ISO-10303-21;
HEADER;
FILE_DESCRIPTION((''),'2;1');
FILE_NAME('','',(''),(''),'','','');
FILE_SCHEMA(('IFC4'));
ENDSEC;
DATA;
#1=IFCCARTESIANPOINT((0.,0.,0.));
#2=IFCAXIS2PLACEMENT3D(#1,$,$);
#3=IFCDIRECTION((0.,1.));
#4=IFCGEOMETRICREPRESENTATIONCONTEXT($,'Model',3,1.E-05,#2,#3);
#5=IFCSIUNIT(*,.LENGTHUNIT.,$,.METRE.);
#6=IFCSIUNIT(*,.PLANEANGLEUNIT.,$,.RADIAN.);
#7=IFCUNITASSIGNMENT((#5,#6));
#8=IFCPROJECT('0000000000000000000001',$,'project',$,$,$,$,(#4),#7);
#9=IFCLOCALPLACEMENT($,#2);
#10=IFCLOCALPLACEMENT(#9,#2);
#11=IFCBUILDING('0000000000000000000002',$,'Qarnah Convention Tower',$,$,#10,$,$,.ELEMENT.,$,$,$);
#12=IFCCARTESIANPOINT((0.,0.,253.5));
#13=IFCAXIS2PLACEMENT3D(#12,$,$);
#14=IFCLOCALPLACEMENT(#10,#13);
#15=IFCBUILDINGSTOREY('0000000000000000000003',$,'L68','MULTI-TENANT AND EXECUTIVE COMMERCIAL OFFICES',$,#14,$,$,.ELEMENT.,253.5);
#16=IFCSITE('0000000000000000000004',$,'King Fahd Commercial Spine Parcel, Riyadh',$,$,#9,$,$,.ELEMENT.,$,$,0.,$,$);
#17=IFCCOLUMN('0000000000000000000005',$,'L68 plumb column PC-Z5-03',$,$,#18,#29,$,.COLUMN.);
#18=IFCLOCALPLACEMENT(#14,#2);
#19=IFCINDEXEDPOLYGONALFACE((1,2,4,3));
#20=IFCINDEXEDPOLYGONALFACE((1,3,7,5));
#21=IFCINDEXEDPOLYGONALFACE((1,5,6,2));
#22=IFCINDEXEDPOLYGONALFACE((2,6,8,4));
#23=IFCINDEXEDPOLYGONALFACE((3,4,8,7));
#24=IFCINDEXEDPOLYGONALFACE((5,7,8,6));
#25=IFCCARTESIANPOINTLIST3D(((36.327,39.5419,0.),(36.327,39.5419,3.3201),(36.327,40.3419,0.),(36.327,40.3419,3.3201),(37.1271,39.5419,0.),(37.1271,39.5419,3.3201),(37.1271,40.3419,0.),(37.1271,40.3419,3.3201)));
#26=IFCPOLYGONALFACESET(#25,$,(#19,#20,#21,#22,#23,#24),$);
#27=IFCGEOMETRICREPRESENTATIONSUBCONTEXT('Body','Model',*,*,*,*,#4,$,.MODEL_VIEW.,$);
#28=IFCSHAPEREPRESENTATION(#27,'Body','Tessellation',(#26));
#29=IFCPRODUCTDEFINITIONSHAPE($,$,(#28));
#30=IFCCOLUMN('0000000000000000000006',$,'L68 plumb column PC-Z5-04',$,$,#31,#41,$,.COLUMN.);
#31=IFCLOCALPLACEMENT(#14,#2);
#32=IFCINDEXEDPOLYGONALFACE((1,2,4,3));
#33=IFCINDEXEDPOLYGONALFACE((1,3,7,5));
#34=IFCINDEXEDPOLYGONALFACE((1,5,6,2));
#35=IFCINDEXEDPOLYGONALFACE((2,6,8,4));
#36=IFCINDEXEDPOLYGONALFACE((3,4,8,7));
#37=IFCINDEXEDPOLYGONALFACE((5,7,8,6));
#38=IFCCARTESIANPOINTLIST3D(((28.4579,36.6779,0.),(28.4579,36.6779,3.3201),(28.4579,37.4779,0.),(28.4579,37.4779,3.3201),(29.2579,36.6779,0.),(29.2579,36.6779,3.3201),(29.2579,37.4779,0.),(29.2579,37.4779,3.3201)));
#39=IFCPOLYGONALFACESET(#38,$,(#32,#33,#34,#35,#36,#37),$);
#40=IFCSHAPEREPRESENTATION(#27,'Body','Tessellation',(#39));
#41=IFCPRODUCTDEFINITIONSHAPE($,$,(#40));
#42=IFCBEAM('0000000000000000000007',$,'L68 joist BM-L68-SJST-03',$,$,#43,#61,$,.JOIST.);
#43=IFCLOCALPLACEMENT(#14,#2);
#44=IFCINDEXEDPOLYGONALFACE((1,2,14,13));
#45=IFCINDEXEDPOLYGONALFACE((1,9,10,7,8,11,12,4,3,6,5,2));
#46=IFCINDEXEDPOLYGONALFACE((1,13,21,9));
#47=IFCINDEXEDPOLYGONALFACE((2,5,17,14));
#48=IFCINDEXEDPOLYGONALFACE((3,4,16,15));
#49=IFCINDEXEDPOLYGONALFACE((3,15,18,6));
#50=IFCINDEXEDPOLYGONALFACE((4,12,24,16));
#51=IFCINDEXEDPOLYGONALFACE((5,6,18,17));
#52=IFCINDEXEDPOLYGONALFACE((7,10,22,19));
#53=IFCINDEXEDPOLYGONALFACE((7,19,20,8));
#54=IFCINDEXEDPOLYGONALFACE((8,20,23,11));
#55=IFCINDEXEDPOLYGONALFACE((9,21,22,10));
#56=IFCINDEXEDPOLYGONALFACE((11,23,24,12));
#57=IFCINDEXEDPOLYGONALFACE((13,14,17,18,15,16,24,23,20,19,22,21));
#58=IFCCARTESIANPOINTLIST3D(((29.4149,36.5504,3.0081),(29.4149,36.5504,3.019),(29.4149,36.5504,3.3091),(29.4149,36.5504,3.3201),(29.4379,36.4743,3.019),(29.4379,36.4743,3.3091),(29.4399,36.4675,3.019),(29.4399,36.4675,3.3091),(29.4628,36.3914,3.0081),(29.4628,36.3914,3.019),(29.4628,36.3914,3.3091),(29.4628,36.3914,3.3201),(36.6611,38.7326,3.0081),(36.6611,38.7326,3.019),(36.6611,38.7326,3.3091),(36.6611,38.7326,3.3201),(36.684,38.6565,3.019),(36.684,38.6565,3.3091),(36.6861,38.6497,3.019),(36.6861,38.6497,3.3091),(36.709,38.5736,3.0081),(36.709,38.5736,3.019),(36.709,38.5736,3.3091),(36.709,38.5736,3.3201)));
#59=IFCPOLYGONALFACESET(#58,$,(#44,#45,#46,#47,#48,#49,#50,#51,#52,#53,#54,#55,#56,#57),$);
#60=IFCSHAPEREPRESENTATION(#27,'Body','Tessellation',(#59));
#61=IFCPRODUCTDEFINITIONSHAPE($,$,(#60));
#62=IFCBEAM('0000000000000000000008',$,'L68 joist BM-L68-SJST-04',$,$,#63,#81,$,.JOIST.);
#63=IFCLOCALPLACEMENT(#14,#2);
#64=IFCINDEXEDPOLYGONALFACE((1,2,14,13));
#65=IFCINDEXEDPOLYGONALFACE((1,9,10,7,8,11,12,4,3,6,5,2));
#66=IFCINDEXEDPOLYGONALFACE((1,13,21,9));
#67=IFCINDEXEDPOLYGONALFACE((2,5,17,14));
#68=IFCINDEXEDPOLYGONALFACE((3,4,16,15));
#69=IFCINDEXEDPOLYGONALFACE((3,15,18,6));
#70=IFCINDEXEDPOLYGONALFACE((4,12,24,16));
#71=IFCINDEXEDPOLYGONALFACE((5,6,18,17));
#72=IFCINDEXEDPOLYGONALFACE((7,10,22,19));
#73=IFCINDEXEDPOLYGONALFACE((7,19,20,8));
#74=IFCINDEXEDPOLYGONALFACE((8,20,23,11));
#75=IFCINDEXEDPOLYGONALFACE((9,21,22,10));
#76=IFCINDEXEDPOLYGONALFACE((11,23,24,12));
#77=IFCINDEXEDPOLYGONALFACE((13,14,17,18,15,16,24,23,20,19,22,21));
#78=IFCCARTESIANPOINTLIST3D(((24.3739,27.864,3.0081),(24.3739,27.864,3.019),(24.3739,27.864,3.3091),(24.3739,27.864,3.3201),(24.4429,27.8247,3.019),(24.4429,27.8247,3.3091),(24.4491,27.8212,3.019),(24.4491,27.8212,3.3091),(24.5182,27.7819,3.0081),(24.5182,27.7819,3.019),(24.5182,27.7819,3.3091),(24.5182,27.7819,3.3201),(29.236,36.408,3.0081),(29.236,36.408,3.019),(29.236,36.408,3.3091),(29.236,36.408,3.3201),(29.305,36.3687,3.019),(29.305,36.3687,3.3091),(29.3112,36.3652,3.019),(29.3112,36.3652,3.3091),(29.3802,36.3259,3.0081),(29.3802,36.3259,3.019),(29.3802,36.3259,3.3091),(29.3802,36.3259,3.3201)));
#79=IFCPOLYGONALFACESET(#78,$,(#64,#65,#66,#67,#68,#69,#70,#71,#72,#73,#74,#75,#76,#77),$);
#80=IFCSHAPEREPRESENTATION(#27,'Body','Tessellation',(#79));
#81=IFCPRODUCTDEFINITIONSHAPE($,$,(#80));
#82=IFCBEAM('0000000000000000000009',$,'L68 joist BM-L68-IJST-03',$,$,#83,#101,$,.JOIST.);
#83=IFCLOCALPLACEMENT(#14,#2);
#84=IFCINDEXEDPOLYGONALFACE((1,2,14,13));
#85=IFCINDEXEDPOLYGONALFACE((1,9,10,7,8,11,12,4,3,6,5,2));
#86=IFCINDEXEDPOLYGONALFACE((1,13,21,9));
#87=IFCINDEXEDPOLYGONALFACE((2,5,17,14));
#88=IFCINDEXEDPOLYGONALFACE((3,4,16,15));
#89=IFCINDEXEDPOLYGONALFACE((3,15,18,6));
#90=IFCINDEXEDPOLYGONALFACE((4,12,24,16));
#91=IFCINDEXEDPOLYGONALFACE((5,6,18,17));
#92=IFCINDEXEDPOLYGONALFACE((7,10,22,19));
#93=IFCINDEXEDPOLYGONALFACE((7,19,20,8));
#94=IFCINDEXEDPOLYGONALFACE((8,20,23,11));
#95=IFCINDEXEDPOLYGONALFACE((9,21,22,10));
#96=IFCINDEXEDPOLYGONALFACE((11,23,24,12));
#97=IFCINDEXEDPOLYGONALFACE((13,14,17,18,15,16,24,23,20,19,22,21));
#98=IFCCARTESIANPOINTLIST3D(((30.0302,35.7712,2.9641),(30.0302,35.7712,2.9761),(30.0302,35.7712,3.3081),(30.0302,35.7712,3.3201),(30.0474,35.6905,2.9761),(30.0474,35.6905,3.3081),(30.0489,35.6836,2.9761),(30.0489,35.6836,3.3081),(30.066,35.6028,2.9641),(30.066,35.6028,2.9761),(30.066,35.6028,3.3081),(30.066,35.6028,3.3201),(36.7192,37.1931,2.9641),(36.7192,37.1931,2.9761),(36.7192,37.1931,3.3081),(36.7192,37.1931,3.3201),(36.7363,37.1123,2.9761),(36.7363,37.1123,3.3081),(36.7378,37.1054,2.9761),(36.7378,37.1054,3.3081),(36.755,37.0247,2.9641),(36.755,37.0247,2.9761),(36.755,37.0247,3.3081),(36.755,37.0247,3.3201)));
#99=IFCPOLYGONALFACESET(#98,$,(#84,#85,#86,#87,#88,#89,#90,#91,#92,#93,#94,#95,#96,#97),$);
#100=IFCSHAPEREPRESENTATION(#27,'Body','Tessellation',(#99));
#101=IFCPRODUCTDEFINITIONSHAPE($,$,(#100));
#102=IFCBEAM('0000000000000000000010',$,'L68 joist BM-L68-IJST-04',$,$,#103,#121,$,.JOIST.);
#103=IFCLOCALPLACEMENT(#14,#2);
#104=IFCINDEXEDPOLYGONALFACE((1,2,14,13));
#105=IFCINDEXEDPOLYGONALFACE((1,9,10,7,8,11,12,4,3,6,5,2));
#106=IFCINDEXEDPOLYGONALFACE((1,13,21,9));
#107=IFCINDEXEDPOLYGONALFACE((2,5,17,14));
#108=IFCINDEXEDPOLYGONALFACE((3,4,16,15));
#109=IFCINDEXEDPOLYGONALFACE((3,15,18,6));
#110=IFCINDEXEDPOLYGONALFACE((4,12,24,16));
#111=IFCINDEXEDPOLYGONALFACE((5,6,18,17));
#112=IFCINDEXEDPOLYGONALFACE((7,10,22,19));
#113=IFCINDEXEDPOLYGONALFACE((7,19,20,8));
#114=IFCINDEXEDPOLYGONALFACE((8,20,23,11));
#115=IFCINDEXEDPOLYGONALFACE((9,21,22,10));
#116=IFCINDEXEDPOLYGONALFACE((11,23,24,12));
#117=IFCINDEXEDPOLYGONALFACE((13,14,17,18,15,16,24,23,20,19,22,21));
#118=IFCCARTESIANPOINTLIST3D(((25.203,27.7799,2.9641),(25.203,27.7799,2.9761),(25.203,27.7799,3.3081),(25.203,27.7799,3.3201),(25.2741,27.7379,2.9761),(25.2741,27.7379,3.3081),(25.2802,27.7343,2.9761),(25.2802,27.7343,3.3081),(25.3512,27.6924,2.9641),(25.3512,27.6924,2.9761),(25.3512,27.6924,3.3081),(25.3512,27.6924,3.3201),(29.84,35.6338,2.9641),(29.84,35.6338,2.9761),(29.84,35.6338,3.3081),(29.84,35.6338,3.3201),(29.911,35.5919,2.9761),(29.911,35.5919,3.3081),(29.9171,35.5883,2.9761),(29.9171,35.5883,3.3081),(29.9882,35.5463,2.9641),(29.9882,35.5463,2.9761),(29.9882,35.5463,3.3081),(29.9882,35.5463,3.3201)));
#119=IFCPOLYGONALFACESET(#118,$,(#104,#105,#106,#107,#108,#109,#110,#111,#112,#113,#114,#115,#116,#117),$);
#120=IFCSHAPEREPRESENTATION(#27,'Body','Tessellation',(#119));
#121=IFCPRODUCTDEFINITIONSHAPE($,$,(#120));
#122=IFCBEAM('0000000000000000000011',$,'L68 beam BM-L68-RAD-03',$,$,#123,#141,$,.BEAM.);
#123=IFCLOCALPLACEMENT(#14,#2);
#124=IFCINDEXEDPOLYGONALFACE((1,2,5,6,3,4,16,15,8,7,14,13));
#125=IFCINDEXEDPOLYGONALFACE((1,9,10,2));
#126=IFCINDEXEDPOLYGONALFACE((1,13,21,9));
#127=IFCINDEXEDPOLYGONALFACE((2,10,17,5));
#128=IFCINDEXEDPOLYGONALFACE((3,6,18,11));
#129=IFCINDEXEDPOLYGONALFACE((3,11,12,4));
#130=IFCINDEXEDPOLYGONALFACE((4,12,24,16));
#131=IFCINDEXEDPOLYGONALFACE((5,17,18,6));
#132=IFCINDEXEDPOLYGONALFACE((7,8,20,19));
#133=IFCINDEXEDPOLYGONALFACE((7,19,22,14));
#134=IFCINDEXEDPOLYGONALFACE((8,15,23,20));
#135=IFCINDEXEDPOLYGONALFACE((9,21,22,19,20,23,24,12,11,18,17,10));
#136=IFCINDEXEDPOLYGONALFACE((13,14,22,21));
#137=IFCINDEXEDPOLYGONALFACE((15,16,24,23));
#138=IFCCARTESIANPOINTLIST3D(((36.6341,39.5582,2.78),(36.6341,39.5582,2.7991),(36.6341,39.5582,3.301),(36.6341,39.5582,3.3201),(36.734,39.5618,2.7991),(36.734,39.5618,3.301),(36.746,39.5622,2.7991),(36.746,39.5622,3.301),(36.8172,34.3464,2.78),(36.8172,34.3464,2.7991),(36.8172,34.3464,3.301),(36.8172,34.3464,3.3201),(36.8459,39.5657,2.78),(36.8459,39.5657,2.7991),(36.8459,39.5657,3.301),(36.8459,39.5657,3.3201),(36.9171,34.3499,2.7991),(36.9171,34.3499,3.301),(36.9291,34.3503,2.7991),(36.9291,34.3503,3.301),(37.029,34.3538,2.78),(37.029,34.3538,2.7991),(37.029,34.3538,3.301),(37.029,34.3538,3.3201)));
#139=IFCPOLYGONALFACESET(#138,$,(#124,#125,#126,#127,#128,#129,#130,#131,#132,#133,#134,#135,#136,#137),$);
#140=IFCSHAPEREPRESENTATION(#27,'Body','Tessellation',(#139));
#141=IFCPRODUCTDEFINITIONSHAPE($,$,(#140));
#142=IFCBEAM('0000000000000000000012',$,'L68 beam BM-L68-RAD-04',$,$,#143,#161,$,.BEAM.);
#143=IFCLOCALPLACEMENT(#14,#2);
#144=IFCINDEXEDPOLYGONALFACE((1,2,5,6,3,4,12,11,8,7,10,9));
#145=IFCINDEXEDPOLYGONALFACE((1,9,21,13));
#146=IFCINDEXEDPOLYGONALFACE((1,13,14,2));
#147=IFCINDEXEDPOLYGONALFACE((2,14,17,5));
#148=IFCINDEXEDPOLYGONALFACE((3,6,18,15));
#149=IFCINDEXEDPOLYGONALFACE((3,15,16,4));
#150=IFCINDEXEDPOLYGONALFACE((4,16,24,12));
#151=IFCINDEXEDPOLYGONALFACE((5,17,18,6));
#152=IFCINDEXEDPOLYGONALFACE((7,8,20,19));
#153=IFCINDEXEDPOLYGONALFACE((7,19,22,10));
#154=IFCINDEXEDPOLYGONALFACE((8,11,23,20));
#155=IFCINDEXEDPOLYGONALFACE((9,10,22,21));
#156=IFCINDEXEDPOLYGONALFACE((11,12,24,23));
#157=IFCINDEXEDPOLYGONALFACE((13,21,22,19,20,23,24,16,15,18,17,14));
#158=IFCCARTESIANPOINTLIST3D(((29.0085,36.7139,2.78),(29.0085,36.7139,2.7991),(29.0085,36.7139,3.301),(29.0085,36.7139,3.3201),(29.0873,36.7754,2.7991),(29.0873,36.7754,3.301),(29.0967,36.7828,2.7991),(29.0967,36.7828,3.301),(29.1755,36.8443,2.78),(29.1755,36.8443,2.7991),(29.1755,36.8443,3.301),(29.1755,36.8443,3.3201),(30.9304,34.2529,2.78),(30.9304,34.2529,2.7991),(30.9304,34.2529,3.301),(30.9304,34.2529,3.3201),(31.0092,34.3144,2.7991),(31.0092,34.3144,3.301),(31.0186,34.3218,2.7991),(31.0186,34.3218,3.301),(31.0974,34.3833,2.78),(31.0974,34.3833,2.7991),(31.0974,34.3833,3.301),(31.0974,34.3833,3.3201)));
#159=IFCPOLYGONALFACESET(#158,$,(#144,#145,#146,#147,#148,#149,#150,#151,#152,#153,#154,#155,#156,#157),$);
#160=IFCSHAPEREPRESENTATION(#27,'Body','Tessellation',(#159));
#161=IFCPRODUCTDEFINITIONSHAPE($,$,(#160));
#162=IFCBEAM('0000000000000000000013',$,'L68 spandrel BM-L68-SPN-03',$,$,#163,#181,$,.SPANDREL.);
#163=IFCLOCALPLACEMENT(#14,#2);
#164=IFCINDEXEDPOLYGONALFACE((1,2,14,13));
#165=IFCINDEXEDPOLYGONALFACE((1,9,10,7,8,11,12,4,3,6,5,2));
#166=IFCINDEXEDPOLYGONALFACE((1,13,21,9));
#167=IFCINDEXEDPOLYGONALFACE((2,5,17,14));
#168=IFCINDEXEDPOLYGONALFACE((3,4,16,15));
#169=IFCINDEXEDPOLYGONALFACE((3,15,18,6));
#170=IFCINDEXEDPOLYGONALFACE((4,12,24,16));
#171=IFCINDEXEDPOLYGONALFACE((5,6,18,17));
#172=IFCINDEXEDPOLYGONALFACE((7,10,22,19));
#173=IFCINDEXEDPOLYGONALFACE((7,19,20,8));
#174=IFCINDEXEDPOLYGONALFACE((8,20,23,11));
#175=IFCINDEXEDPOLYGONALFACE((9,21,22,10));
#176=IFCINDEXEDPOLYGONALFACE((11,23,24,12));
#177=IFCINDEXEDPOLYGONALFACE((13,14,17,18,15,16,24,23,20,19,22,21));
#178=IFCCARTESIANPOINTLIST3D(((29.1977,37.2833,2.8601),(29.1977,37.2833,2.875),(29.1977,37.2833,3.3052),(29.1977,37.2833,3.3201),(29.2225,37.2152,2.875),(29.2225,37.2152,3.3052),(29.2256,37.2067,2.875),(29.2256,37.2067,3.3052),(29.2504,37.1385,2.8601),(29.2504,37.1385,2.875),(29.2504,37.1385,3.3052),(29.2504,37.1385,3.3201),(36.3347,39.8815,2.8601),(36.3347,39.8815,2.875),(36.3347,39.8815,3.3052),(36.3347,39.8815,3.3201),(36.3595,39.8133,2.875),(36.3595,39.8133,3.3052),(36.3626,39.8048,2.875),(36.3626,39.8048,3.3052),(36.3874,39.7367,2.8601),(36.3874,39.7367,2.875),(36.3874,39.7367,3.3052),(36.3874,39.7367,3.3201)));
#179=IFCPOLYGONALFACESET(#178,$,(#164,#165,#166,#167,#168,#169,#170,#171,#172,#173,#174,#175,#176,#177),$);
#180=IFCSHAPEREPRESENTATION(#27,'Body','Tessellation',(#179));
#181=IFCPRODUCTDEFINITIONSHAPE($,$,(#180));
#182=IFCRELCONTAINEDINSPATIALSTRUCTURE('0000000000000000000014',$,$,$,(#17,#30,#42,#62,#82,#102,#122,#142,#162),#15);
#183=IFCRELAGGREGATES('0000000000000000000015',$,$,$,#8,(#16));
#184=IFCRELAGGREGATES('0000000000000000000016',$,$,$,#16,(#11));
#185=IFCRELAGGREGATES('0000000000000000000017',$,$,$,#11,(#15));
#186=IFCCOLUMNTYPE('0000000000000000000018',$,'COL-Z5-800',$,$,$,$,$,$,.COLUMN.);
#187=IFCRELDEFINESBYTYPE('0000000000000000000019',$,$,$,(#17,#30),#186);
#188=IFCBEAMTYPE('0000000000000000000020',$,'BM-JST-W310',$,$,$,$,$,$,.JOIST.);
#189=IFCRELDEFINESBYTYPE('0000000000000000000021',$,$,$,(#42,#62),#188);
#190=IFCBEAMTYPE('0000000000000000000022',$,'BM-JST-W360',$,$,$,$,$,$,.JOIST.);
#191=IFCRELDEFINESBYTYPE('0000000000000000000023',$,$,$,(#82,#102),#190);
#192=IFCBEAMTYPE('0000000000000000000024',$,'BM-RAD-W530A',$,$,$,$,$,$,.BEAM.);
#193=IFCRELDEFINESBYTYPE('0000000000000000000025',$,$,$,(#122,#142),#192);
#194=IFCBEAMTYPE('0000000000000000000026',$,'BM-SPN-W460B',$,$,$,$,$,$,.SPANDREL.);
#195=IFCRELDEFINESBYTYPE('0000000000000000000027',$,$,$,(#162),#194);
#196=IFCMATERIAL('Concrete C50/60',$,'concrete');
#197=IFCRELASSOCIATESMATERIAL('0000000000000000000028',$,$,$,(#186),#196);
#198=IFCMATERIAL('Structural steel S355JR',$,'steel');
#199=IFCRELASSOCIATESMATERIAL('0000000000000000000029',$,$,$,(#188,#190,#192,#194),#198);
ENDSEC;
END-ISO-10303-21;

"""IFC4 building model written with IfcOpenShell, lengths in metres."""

from ifc_helpers import new_model, si_unit, direction, frame, origin, origin_2d, place, context, subcontext, project, spatial, rectangle, i_section, extrude, material, material_profile, profile_set, type_object, element, save


model = new_model("IFC4")

# Units and contexts
model_context = context("Model", 3, precision=1e-05, world=origin(), true_north=direction((0.0, 1.0)))
body_context = subcontext(model_context, "Body", "Model", "MODEL_VIEW")
ifc_project = project(units=[si_unit("LENGTHUNIT", "METRE"), si_unit("PLANEANGLEUNIT", "RADIAN")], contexts=[model_context])

# Site, building, storey
site_placement = place(None, origin())
site = spatial("IfcSite", under=ifc_project, at=site_placement, Name="King Fahd Commercial Spine Parcel, Riyadh", CompositionType="ELEMENT", RefElevation=0.0)
building_placement = place(site_placement, origin())
building = spatial("IfcBuilding", under=site, at=building_placement, Name="Qarnah Convention Tower", CompositionType="ELEMENT")
storey_placement = place(building_placement, frame((0.0, 0.0, 253.5)))
storey = spatial("IfcBuildingStorey", under=building, at=storey_placement, Name="L68", Description="MULTI-TENANT AND EXECUTIVE COMMERCIAL OFFICES", CompositionType="ELEMENT", Elevation=253.5)

# Columns
ifc_material_1 = material(Name="Concrete C50/60", Category="concrete")
ifc_material_profile_1 = material_profile(ifc_material_1, rectangle(XDim=0.8, YDim=0.8, at=origin_2d()), Name="RC-COL-800X800")
ifc_profile_set_1 = profile_set([ifc_material_profile_1], Name="Concrete C50/60")
column_type = type_object("IfcColumnType", Name="COL-Z5-800", PredefinedType="COLUMN", material=ifc_profile_set_1)
for number, where, z_axis, x_axis, name in (
    (1, (36.7271, 39.9419, 0.0), (0.0, 0.0, 1.0), (1.0, 0.0, 0.0), "L68 plumb column PC-Z5-03"),
    (2, (28.8579, 37.0779, 0.0), (0.0, 0.0, 1.0), (1.0, 0.0, 0.0), "L68 plumb column PC-Z5-04"),
):
    element("IfcColumn", number, at=place(storey_placement, frame(where, z_axis=z_axis, x_axis=x_axis)), inside=storey, type_object=column_type, Name=name, PredefinedType="COLUMN", context=body_context, shape_type="SweptSolid", body=[
        extrude(rectangle(XDim=0.8, YDim=0.8, at=origin_2d()), origin(), (0.0, 0.0, 1.0), 3.3201),
    ])

# Beams
ifc_material_2 = material(Name="Structural steel S355JR", Category="steel")
ifc_material_profile_2 = material_profile(ifc_material_2, i_section(OverallWidth=0.166, OverallDepth=0.312, WebThickness=0.0071, FlangeThickness=0.011, at=origin_2d()), Name="W310X45")
ifc_profile_set_2 = profile_set([ifc_material_profile_2], Name="Structural steel S355JR")
beam_type_1 = type_object("IfcBeamType", Name="BM-JST-W310", PredefinedType="JOIST", material=ifc_profile_set_2)
beam_1_placement = place(storey_placement, frame((36.6851, 38.6531, 3.1641), z_axis=(-0.957524, -0.288354, 0.0), x_axis=(0.288354, -0.957524, 0.0)))
element("IfcBeam", 3, at=beam_1_placement, inside=storey, type_object=beam_type_1, Name="L68 joist BM-L68-SJST-03", PredefinedType="JOIST", context=body_context, shape_type="SweptSolid", body=[
    extrude(i_section(OverallWidth=0.166, OverallDepth=0.312, WebThickness=0.0071, FlangeThickness=0.011, at=origin_2d()), origin(), (0.0, 0.0, 1.0), 7.5676),
])
beam_2_placement = place(storey_placement, frame((29.3081, 36.3669, 3.1641), z_axis=(-0.49459, -0.869127, 0.0), x_axis=(0.869127, -0.49459, 0.0)))
element("IfcBeam", 4, at=beam_2_placement, inside=storey, type_object=beam_type_1, Name="L68 joist BM-L68-SJST-04", PredefinedType="JOIST", context=body_context, shape_type="SweptSolid", body=[
    extrude(i_section(OverallWidth=0.166, OverallDepth=0.312, WebThickness=0.0071, FlangeThickness=0.011, at=origin_2d()), origin(), (0.0, 0.0, 1.0), 9.8306),
])
ifc_material_profile_3 = material_profile(ifc_material_2, i_section(OverallWidth=0.1721, OverallDepth=0.356, WebThickness=0.0071, FlangeThickness=0.012, at=origin_2d()), Name="W360X51")
ifc_profile_set_3 = profile_set([ifc_material_profile_3], Name="Structural steel S355JR")
beam_type_2 = type_object("IfcBeamType", Name="BM-JST-W360", PredefinedType="JOIST", material=ifc_profile_set_3)
beam_3_placement = place(storey_placement, frame((36.7371, 37.1089, 3.1421), z_axis=(-0.978145, -0.207925, 0.0), x_axis=(0.207925, -0.978145, 0.0)))
element("IfcBeam", 5, at=beam_3_placement, inside=storey, type_object=beam_type_2, Name="L68 joist BM-L68-IJST-03", PredefinedType="JOIST", context=body_context, shape_type="SweptSolid", body=[
    extrude(i_section(OverallWidth=0.1721, OverallDepth=0.356, WebThickness=0.0071, FlangeThickness=0.012, at=origin_2d()), origin(), (0.0, 0.0, 1.0), 6.8384),
])
beam_4_placement = place(storey_placement, frame((29.9141, 35.5901, 3.1421), z_axis=(-0.508401, -0.86112, 0.0), x_axis=(0.86112, -0.508401, 0.0)))
element("IfcBeam", 6, at=beam_4_placement, inside=storey, type_object=beam_type_2, Name="L68 joist BM-L68-IJST-04", PredefinedType="JOIST", context=body_context, shape_type="SweptSolid", body=[
    extrude(i_section(OverallWidth=0.1721, OverallDepth=0.356, WebThickness=0.0071, FlangeThickness=0.012, at=origin_2d()), origin(), (0.0, 0.0, 1.0), 9.1206),
])
ifc_material_profile_4 = material_profile(ifc_material_2, i_section(OverallWidth=0.2119, OverallDepth=0.54, WebThickness=0.012, FlangeThickness=0.019, at=origin_2d()), Name="W530X109")
ifc_profile_set_4 = profile_set([ifc_material_profile_4], Name="Structural steel S355JR")
beam_type_3 = type_object("IfcBeamType", Name="BM-RAD-W530A", PredefinedType="BEAM", material=ifc_profile_set_4)
beam_5_placement = place(storey_placement, frame((36.9231, 34.3501, 3.05), z_axis=(-0.03511, 0.999383, 0.0), x_axis=(-0.999383, -0.03511, 0.0)))
element("IfcBeam", 7, at=beam_5_placement, inside=storey, type_object=beam_type_3, Name="L68 beam BM-L68-RAD-03", PredefinedType="BEAM", context=body_context, shape_type="SweptSolid", body=[
    extrude(i_section(OverallWidth=0.2119, OverallDepth=0.54, WebThickness=0.012, FlangeThickness=0.019, at=origin_2d()), origin(), (0.0, 0.0, 1.0), 5.2151),
])
beam_6_placement = place(storey_placement, frame((31.0139, 34.3181, 3.05), z_axis=(-0.615498, 0.788138, 0.0), x_axis=(-0.788138, -0.615498, 0.0)))
element("IfcBeam", 8, at=beam_6_placement, inside=storey, type_object=beam_type_3, Name="L68 beam BM-L68-RAD-04", PredefinedType="BEAM", context=body_context, shape_type="SweptSolid", body=[
    extrude(i_section(OverallWidth=0.2119, OverallDepth=0.54, WebThickness=0.012, FlangeThickness=0.019, at=origin_2d()), origin(), (0.0, 0.0, 1.0), 3.1226),
])
ifc_material_profile_5 = material_profile(ifc_material_2, i_section(OverallWidth=0.1541, OverallDepth=0.46, WebThickness=0.009, FlangeThickness=0.0149, at=origin_2d()), Name="W460X68")
ifc_profile_set_5 = profile_set([ifc_material_profile_5], Name="Structural steel S355JR")
beam_type_4 = type_object("IfcBeamType", Name="BM-SPN-W460B", PredefinedType="SPANDREL", material=ifc_profile_set_5)
beam_7_placement = place(storey_placement, frame((36.3611, 39.8091, 3.0901), z_axis=(-0.939671, -0.342079, 0.0), x_axis=(0.342079, -0.939671, 0.0)))
element("IfcBeam", 9, at=beam_7_placement, inside=storey, type_object=beam_type_4, Name="L68 spandrel BM-L68-SPN-03", PredefinedType="SPANDREL", context=body_context, shape_type="SweptSolid", body=[
    extrude(i_section(OverallWidth=0.1541, OverallDepth=0.46, WebThickness=0.009, FlangeThickness=0.0149, at=origin_2d()), origin(), (0.0, 0.0, 1.0), 7.5952),
])

save(model, "model.ifc")
